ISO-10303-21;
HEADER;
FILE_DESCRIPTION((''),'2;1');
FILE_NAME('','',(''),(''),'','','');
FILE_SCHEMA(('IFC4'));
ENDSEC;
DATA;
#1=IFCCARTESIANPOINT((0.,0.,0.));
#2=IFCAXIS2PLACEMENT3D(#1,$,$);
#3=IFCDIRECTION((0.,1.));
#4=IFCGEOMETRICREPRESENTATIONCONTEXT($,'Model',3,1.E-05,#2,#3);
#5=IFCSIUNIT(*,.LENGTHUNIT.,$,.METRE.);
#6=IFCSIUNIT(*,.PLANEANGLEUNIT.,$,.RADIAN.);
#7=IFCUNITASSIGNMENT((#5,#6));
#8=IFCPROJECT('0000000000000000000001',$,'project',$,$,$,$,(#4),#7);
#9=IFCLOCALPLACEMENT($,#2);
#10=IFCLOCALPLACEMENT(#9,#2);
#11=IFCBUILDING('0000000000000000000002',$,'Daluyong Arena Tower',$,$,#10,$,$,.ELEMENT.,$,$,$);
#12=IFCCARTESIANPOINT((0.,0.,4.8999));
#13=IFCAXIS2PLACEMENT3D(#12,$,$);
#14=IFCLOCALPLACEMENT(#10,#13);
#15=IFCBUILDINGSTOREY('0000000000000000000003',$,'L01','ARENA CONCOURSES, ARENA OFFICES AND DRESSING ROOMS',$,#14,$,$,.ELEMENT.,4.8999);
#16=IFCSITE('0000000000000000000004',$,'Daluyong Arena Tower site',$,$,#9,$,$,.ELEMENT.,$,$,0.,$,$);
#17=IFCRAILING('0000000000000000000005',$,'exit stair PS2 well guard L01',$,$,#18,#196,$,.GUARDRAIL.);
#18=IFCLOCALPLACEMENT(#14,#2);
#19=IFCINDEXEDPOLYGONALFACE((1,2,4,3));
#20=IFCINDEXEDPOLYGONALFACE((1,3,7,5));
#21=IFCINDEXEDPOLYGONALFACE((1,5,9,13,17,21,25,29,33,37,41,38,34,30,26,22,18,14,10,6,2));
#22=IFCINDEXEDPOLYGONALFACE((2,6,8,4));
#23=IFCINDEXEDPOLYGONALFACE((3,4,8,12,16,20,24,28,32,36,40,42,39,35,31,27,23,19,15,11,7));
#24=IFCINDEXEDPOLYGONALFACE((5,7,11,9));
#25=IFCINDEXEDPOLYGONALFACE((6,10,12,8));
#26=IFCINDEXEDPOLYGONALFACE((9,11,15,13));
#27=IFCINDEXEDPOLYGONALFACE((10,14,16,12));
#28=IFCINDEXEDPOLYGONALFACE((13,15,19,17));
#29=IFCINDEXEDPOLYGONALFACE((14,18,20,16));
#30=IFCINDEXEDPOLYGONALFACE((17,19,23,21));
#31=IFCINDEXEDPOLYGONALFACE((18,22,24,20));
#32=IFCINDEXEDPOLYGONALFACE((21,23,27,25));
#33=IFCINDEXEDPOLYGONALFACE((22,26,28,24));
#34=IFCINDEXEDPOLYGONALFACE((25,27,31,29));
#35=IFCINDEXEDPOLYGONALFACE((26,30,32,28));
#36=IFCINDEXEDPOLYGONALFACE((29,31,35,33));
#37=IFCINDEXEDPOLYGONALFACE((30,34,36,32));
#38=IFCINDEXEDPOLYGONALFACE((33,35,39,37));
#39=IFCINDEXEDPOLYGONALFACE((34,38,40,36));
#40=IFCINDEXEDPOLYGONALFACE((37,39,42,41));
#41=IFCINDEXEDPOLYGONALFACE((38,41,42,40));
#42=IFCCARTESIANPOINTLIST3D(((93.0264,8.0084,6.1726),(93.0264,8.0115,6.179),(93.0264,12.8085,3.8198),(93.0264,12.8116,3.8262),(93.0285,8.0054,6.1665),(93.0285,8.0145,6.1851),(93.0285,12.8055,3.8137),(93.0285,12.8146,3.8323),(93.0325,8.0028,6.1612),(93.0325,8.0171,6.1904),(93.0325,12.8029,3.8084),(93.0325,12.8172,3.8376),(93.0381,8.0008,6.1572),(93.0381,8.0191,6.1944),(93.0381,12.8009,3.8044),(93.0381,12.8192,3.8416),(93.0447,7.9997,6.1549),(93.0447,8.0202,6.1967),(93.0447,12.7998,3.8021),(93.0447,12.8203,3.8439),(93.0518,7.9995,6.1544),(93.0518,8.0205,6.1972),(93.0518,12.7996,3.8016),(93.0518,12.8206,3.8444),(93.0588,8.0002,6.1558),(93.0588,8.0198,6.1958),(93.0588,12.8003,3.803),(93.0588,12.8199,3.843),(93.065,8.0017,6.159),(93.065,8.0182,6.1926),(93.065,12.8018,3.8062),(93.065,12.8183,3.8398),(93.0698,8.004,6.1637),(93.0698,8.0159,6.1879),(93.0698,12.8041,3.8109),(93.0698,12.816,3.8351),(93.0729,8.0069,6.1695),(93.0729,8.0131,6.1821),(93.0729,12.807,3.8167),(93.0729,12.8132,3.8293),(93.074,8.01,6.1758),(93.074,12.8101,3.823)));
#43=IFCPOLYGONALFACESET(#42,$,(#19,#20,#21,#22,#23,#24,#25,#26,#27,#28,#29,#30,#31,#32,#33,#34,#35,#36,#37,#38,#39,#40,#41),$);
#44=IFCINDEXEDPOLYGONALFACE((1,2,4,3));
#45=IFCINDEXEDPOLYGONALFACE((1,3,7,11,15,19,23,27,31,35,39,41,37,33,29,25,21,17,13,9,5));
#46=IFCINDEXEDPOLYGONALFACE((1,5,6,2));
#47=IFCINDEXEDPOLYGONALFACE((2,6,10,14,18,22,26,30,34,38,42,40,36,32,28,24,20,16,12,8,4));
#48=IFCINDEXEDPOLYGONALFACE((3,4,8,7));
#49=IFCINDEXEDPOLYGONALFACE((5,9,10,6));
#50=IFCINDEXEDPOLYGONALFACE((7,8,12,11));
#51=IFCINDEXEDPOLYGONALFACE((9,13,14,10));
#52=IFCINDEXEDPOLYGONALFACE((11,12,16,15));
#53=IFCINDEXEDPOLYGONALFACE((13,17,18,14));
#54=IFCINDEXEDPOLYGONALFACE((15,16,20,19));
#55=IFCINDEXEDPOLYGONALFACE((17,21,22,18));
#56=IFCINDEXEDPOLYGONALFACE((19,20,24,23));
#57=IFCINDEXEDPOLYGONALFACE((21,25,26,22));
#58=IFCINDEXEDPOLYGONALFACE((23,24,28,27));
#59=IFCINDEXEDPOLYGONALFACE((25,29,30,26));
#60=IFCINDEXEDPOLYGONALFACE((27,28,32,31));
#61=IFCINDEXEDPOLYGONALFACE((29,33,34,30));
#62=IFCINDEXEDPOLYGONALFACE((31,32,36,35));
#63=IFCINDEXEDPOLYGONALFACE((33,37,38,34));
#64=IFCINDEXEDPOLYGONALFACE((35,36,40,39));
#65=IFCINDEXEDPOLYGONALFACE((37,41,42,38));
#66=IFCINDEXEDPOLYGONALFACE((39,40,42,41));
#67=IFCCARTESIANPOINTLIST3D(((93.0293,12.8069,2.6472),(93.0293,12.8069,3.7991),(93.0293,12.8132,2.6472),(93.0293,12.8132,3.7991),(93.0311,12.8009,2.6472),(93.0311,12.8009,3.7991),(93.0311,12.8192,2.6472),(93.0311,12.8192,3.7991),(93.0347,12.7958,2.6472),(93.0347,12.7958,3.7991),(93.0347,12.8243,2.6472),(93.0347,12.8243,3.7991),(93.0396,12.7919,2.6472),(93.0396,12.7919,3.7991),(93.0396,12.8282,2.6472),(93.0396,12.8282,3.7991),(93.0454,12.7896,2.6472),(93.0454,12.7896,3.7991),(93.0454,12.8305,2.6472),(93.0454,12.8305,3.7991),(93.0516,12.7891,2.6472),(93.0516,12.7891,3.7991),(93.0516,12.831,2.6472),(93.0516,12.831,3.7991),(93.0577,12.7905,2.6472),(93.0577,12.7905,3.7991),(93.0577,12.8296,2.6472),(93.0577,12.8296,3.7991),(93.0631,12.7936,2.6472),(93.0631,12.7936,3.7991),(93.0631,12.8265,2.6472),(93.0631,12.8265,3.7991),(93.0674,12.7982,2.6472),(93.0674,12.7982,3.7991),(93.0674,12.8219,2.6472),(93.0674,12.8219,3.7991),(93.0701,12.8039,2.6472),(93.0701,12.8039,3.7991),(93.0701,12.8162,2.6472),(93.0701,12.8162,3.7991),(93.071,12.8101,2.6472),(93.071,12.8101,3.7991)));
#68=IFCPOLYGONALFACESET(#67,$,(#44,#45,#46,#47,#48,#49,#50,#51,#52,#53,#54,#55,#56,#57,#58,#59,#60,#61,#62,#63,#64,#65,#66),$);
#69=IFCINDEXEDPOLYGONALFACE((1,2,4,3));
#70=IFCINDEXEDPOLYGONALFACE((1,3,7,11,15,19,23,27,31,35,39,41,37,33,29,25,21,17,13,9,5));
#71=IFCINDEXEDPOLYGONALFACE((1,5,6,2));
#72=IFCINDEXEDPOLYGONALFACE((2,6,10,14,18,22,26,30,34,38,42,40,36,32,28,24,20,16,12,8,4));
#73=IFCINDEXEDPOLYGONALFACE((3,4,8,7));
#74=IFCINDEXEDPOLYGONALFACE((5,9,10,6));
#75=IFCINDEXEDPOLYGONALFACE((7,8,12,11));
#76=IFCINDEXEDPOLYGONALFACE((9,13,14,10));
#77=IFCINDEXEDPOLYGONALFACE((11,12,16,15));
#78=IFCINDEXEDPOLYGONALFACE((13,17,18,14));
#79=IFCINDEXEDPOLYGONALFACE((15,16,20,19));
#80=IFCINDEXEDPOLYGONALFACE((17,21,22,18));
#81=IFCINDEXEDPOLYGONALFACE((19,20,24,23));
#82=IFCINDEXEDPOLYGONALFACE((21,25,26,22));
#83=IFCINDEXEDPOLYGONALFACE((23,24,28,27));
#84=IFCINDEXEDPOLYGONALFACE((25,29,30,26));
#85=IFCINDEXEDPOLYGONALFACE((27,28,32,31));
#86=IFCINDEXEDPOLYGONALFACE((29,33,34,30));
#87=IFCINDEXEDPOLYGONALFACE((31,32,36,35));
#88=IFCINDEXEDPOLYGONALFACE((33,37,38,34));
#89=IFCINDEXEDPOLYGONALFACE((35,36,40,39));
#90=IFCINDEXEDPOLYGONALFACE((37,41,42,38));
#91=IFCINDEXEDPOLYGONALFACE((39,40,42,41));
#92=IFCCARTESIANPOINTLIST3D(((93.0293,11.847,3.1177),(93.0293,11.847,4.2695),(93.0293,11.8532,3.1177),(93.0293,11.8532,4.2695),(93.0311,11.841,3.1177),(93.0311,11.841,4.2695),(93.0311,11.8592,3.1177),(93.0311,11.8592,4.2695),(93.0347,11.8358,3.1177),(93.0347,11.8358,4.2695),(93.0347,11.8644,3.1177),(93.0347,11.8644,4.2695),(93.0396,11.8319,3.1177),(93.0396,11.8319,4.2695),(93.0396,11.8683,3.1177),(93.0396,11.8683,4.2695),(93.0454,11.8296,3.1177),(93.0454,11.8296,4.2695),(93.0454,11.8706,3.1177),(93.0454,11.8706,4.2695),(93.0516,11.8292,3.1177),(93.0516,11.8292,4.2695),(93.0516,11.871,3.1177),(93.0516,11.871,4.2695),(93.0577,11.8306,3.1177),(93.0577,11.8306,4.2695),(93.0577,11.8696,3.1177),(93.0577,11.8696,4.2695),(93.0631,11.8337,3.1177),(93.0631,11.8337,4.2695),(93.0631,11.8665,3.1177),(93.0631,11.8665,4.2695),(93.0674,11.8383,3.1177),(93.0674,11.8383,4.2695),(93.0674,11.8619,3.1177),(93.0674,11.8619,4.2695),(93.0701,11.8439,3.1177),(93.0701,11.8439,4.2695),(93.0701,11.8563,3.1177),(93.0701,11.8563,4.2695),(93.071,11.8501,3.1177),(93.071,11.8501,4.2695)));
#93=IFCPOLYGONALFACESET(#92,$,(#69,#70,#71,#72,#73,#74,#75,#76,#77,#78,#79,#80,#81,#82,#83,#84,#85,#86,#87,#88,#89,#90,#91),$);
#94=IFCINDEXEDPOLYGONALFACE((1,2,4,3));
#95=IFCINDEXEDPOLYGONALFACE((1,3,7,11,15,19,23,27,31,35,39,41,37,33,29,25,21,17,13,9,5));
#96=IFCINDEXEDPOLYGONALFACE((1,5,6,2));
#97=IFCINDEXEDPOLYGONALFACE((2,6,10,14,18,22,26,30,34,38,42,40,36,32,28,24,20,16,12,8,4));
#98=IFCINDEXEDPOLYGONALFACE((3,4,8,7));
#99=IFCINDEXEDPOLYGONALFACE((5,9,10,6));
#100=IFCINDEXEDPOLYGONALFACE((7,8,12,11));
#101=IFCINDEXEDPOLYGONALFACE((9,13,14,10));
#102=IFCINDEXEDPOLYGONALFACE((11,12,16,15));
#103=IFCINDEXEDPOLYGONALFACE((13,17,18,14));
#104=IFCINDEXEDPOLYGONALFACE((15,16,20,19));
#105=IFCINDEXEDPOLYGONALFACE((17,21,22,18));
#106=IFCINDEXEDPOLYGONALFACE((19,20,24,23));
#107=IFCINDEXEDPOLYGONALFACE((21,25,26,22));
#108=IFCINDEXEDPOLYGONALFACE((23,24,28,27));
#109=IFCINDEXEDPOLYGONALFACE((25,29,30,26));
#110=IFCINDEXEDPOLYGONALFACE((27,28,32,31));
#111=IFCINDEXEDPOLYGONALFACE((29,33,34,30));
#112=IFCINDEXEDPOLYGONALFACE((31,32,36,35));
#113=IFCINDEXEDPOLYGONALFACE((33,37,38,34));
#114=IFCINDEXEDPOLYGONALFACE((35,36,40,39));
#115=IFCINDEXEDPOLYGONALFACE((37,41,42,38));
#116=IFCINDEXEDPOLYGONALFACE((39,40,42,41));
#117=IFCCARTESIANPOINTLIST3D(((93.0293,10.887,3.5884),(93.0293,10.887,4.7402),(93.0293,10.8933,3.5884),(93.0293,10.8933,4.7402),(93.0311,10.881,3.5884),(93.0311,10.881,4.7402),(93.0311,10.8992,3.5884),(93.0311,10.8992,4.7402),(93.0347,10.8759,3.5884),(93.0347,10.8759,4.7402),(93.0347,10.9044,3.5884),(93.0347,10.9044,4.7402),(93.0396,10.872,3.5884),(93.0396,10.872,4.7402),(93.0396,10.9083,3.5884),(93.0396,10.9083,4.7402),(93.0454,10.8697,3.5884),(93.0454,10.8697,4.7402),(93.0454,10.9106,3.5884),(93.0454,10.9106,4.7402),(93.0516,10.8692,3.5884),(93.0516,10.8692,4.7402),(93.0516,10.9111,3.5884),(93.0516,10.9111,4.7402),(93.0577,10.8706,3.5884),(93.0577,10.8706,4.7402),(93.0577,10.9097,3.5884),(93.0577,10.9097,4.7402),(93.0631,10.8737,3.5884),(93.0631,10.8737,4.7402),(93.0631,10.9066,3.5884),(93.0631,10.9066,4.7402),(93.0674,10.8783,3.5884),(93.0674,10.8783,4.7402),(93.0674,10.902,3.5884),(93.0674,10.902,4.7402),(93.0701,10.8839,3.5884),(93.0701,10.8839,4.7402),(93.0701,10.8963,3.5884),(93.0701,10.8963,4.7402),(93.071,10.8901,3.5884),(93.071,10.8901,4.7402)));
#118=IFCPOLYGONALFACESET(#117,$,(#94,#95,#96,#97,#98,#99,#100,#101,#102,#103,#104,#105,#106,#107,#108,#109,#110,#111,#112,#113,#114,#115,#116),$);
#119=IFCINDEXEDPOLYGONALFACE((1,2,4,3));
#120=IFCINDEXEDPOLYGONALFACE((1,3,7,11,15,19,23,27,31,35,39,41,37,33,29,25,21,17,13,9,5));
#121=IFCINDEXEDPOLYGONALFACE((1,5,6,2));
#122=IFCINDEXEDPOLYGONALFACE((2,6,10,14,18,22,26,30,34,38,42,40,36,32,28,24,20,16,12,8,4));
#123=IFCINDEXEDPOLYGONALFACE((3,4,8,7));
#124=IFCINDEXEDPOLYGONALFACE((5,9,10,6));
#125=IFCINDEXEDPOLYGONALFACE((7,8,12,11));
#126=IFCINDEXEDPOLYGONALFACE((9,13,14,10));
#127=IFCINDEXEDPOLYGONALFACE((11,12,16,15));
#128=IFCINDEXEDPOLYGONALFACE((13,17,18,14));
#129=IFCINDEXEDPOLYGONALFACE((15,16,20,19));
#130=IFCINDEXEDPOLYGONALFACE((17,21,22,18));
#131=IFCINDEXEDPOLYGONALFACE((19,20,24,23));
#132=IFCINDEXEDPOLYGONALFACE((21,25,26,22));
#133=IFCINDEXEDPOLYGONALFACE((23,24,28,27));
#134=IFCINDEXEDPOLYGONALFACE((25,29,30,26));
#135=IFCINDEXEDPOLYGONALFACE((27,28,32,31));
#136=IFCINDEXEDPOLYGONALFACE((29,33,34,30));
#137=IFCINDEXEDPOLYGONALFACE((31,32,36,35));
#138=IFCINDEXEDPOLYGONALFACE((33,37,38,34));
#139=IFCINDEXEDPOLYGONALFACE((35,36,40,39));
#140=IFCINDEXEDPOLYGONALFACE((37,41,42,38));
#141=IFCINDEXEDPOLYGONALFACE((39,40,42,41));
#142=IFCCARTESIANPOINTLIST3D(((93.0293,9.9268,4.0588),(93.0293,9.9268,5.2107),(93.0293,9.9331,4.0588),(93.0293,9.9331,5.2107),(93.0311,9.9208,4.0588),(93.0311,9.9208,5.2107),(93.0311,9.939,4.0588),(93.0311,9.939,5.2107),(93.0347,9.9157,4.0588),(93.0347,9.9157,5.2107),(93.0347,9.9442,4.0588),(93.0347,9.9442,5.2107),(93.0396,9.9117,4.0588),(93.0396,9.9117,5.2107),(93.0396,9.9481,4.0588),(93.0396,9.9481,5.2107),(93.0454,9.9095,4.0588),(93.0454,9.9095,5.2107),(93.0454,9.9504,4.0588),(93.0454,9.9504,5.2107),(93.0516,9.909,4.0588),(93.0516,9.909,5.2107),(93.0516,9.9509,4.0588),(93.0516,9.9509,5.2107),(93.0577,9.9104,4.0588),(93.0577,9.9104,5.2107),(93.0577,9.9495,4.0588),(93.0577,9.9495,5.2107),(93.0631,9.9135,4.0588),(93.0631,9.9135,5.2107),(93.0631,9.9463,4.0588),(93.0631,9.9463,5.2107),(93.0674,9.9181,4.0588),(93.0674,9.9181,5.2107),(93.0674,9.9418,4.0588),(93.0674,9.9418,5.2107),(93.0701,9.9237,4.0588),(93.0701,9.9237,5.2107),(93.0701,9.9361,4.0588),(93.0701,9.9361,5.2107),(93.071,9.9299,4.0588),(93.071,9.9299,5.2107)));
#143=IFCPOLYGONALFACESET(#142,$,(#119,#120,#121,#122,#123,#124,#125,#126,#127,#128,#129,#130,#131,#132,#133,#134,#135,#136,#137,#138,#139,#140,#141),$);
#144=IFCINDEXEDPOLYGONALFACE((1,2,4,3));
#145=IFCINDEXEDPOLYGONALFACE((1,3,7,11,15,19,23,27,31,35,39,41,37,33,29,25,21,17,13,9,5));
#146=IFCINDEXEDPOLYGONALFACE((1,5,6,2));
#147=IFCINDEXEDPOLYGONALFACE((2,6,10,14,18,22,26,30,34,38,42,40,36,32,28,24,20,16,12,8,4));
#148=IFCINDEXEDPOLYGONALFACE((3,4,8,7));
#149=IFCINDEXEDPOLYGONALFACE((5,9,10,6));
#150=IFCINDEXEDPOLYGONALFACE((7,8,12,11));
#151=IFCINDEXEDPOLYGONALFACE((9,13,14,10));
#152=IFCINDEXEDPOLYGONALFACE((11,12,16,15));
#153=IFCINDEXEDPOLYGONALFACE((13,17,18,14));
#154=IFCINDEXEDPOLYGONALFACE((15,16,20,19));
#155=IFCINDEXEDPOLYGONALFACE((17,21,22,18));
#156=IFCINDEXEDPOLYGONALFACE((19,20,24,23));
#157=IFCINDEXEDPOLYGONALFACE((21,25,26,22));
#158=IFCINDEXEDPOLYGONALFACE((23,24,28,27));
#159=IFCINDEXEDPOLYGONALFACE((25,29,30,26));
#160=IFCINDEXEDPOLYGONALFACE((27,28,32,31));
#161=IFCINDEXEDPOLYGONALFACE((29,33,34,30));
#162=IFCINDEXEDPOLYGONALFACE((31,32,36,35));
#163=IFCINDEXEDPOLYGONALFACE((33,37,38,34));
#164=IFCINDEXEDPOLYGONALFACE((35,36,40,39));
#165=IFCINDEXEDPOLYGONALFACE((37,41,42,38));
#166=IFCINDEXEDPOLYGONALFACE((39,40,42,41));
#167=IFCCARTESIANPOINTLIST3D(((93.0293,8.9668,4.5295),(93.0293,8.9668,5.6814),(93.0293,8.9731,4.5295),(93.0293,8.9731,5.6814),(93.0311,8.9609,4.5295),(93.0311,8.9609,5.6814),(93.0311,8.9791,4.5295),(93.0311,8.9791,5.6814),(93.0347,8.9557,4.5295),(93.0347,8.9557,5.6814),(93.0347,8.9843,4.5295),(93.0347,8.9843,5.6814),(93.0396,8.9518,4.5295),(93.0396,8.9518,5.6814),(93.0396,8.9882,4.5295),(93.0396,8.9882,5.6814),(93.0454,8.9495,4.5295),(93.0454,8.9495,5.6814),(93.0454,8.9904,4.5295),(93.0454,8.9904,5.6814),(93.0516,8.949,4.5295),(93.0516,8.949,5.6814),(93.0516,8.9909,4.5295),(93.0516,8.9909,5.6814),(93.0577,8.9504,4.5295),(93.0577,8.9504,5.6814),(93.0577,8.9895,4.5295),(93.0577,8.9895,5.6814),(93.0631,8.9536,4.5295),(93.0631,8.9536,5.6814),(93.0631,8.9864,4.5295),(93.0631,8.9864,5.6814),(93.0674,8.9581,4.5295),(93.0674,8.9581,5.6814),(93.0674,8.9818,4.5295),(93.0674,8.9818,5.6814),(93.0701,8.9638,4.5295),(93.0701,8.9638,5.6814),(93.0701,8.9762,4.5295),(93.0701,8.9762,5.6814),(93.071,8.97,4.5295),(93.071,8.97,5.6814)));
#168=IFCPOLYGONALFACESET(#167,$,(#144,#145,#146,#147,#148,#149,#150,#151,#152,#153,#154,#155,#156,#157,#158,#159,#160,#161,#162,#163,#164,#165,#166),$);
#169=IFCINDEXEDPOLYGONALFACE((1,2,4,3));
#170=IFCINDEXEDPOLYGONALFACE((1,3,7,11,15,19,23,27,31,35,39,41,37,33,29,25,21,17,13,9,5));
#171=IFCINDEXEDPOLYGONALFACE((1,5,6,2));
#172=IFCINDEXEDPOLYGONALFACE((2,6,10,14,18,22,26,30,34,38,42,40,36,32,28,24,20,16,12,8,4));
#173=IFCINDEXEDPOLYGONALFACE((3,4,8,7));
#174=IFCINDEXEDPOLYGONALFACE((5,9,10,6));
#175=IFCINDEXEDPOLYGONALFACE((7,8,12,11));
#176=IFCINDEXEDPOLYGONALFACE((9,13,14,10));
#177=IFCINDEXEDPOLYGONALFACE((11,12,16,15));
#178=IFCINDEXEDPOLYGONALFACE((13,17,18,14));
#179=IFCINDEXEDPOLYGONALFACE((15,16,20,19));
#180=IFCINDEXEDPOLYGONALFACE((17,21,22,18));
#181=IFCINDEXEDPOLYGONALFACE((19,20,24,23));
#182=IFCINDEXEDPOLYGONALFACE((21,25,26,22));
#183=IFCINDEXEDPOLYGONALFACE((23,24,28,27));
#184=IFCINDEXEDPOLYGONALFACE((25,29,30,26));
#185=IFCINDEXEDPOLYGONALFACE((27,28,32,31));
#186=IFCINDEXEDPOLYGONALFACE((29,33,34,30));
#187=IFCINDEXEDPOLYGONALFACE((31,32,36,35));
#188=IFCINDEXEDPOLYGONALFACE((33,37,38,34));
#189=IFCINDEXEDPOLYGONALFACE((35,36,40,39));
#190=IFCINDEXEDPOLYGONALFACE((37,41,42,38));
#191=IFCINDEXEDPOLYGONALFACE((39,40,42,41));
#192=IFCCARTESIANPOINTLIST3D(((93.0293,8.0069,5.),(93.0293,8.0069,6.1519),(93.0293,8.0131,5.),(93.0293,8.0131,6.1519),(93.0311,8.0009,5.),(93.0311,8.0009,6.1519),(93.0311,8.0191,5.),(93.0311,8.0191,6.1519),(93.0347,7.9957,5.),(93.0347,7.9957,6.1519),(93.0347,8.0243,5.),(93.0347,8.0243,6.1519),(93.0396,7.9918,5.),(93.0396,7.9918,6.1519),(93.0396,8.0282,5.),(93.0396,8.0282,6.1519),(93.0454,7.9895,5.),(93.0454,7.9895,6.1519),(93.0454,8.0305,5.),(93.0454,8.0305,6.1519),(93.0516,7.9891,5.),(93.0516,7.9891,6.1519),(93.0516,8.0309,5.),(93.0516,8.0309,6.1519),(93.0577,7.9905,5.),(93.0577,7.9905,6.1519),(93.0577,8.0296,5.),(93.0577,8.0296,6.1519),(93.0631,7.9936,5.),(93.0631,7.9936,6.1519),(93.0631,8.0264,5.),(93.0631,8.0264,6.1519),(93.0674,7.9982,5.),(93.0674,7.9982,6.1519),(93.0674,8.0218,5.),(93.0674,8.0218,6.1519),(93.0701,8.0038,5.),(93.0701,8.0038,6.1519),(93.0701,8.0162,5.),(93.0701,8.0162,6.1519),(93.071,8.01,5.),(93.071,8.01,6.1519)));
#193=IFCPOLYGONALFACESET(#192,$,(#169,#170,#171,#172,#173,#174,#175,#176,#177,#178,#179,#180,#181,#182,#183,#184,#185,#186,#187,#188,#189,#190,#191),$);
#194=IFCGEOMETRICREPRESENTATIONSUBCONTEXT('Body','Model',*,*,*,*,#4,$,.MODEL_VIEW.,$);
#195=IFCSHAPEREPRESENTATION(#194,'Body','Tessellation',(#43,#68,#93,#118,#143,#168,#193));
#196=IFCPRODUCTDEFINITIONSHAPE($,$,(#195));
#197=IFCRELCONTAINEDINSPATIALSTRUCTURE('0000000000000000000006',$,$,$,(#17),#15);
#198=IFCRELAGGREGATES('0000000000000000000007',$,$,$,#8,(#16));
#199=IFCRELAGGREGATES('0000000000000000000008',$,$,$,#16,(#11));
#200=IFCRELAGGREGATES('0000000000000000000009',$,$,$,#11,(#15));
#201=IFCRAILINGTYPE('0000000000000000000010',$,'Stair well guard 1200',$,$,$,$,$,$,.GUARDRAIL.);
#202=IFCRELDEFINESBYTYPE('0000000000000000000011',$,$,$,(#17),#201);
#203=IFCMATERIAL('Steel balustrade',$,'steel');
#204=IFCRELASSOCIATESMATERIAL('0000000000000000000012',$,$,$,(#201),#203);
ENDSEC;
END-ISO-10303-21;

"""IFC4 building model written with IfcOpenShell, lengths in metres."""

from ifc_helpers import new_model, si_unit, direction, frame, origin, origin_2d, place, context, subcontext, project, spatial, circle, extrude, material, type_object, element, save


model = new_model("IFC4")

# Units and contexts
model_context = context("Model", 3, precision=1e-05, world=origin(), true_north=direction((0.0, 1.0)))
body_context = subcontext(model_context, "Body", "Model", "MODEL_VIEW")
ifc_project = project(units=[si_unit("LENGTHUNIT", "METRE"), si_unit("PLANEANGLEUNIT", "RADIAN")], contexts=[model_context])

# Site, building, storey
site_placement = place(None, origin())
site = spatial("IfcSite", under=ifc_project, at=site_placement, Name="Daluyong Arena Tower site", CompositionType="ELEMENT", RefElevation=0.0)
building_placement = place(site_placement, origin())
building = spatial("IfcBuilding", under=site, at=building_placement, Name="Daluyong Arena Tower", CompositionType="ELEMENT")
storey_placement = place(building_placement, frame((0.0, 0.0, 4.8999)))
storey = spatial("IfcBuildingStorey", under=building, at=storey_placement, Name="L01", Description="ARENA CONCOURSES, ARENA OFFICES AND DRESSING ROOMS", CompositionType="ELEMENT", Elevation=4.8999)

# Railing
ifc_material_1 = material(Name="Steel balustrade", Category="steel")
railing_type_1 = type_object("IfcRailingType", Name="Stair well guard 1200", PredefinedType="GUARDRAIL", material=ifc_material_1)
railing_1_placement = place(storey_placement, frame((93.05, 12.8101, 2.6472)))
element("IfcRailing", 1, at=railing_1_placement, inside=storey, type_object=railing_type_1, Name="exit stair PS2 well guard L01", PredefinedType="GUARDRAIL", context=body_context, shape_type="SweptSolid", body=[
    extrude(circle(Radius=0.0239, at=origin_2d()), frame((0.0, 0.0, 1.1758), z_axis=(0.0, -0.897934, 0.44013), x_axis=(1.0, 0.0, 0.0)), (0.0, 0.0, 1.0), 5.3457),
    extrude(circle(Radius=0.021, at=origin_2d()), origin(), (0.0, 0.0, 1.0), 1.1519),
    extrude(circle(Radius=0.021, at=origin_2d()), frame((0.0, -0.96, 0.4705)), (0.0, 0.0, 1.0), 1.1519),
    extrude(circle(Radius=0.021, at=origin_2d()), frame((0.0, -1.9199, 0.9412)), (0.0, 0.0, 1.0), 1.1519),
    extrude(circle(Radius=0.021, at=origin_2d()), frame((0.0, -2.8801, 1.4116)), (0.0, 0.0, 1.0), 1.1519),
    extrude(circle(Radius=0.021, at=origin_2d()), frame((0.0, -3.8401, 1.8823)), (0.0, 0.0, 1.0), 1.1519),
    extrude(circle(Radius=0.021, at=origin_2d()), frame((0.0, -4.8, 2.3528)), (0.0, 0.0, 1.0), 1.1519),
])

save(model, "model.ifc")
